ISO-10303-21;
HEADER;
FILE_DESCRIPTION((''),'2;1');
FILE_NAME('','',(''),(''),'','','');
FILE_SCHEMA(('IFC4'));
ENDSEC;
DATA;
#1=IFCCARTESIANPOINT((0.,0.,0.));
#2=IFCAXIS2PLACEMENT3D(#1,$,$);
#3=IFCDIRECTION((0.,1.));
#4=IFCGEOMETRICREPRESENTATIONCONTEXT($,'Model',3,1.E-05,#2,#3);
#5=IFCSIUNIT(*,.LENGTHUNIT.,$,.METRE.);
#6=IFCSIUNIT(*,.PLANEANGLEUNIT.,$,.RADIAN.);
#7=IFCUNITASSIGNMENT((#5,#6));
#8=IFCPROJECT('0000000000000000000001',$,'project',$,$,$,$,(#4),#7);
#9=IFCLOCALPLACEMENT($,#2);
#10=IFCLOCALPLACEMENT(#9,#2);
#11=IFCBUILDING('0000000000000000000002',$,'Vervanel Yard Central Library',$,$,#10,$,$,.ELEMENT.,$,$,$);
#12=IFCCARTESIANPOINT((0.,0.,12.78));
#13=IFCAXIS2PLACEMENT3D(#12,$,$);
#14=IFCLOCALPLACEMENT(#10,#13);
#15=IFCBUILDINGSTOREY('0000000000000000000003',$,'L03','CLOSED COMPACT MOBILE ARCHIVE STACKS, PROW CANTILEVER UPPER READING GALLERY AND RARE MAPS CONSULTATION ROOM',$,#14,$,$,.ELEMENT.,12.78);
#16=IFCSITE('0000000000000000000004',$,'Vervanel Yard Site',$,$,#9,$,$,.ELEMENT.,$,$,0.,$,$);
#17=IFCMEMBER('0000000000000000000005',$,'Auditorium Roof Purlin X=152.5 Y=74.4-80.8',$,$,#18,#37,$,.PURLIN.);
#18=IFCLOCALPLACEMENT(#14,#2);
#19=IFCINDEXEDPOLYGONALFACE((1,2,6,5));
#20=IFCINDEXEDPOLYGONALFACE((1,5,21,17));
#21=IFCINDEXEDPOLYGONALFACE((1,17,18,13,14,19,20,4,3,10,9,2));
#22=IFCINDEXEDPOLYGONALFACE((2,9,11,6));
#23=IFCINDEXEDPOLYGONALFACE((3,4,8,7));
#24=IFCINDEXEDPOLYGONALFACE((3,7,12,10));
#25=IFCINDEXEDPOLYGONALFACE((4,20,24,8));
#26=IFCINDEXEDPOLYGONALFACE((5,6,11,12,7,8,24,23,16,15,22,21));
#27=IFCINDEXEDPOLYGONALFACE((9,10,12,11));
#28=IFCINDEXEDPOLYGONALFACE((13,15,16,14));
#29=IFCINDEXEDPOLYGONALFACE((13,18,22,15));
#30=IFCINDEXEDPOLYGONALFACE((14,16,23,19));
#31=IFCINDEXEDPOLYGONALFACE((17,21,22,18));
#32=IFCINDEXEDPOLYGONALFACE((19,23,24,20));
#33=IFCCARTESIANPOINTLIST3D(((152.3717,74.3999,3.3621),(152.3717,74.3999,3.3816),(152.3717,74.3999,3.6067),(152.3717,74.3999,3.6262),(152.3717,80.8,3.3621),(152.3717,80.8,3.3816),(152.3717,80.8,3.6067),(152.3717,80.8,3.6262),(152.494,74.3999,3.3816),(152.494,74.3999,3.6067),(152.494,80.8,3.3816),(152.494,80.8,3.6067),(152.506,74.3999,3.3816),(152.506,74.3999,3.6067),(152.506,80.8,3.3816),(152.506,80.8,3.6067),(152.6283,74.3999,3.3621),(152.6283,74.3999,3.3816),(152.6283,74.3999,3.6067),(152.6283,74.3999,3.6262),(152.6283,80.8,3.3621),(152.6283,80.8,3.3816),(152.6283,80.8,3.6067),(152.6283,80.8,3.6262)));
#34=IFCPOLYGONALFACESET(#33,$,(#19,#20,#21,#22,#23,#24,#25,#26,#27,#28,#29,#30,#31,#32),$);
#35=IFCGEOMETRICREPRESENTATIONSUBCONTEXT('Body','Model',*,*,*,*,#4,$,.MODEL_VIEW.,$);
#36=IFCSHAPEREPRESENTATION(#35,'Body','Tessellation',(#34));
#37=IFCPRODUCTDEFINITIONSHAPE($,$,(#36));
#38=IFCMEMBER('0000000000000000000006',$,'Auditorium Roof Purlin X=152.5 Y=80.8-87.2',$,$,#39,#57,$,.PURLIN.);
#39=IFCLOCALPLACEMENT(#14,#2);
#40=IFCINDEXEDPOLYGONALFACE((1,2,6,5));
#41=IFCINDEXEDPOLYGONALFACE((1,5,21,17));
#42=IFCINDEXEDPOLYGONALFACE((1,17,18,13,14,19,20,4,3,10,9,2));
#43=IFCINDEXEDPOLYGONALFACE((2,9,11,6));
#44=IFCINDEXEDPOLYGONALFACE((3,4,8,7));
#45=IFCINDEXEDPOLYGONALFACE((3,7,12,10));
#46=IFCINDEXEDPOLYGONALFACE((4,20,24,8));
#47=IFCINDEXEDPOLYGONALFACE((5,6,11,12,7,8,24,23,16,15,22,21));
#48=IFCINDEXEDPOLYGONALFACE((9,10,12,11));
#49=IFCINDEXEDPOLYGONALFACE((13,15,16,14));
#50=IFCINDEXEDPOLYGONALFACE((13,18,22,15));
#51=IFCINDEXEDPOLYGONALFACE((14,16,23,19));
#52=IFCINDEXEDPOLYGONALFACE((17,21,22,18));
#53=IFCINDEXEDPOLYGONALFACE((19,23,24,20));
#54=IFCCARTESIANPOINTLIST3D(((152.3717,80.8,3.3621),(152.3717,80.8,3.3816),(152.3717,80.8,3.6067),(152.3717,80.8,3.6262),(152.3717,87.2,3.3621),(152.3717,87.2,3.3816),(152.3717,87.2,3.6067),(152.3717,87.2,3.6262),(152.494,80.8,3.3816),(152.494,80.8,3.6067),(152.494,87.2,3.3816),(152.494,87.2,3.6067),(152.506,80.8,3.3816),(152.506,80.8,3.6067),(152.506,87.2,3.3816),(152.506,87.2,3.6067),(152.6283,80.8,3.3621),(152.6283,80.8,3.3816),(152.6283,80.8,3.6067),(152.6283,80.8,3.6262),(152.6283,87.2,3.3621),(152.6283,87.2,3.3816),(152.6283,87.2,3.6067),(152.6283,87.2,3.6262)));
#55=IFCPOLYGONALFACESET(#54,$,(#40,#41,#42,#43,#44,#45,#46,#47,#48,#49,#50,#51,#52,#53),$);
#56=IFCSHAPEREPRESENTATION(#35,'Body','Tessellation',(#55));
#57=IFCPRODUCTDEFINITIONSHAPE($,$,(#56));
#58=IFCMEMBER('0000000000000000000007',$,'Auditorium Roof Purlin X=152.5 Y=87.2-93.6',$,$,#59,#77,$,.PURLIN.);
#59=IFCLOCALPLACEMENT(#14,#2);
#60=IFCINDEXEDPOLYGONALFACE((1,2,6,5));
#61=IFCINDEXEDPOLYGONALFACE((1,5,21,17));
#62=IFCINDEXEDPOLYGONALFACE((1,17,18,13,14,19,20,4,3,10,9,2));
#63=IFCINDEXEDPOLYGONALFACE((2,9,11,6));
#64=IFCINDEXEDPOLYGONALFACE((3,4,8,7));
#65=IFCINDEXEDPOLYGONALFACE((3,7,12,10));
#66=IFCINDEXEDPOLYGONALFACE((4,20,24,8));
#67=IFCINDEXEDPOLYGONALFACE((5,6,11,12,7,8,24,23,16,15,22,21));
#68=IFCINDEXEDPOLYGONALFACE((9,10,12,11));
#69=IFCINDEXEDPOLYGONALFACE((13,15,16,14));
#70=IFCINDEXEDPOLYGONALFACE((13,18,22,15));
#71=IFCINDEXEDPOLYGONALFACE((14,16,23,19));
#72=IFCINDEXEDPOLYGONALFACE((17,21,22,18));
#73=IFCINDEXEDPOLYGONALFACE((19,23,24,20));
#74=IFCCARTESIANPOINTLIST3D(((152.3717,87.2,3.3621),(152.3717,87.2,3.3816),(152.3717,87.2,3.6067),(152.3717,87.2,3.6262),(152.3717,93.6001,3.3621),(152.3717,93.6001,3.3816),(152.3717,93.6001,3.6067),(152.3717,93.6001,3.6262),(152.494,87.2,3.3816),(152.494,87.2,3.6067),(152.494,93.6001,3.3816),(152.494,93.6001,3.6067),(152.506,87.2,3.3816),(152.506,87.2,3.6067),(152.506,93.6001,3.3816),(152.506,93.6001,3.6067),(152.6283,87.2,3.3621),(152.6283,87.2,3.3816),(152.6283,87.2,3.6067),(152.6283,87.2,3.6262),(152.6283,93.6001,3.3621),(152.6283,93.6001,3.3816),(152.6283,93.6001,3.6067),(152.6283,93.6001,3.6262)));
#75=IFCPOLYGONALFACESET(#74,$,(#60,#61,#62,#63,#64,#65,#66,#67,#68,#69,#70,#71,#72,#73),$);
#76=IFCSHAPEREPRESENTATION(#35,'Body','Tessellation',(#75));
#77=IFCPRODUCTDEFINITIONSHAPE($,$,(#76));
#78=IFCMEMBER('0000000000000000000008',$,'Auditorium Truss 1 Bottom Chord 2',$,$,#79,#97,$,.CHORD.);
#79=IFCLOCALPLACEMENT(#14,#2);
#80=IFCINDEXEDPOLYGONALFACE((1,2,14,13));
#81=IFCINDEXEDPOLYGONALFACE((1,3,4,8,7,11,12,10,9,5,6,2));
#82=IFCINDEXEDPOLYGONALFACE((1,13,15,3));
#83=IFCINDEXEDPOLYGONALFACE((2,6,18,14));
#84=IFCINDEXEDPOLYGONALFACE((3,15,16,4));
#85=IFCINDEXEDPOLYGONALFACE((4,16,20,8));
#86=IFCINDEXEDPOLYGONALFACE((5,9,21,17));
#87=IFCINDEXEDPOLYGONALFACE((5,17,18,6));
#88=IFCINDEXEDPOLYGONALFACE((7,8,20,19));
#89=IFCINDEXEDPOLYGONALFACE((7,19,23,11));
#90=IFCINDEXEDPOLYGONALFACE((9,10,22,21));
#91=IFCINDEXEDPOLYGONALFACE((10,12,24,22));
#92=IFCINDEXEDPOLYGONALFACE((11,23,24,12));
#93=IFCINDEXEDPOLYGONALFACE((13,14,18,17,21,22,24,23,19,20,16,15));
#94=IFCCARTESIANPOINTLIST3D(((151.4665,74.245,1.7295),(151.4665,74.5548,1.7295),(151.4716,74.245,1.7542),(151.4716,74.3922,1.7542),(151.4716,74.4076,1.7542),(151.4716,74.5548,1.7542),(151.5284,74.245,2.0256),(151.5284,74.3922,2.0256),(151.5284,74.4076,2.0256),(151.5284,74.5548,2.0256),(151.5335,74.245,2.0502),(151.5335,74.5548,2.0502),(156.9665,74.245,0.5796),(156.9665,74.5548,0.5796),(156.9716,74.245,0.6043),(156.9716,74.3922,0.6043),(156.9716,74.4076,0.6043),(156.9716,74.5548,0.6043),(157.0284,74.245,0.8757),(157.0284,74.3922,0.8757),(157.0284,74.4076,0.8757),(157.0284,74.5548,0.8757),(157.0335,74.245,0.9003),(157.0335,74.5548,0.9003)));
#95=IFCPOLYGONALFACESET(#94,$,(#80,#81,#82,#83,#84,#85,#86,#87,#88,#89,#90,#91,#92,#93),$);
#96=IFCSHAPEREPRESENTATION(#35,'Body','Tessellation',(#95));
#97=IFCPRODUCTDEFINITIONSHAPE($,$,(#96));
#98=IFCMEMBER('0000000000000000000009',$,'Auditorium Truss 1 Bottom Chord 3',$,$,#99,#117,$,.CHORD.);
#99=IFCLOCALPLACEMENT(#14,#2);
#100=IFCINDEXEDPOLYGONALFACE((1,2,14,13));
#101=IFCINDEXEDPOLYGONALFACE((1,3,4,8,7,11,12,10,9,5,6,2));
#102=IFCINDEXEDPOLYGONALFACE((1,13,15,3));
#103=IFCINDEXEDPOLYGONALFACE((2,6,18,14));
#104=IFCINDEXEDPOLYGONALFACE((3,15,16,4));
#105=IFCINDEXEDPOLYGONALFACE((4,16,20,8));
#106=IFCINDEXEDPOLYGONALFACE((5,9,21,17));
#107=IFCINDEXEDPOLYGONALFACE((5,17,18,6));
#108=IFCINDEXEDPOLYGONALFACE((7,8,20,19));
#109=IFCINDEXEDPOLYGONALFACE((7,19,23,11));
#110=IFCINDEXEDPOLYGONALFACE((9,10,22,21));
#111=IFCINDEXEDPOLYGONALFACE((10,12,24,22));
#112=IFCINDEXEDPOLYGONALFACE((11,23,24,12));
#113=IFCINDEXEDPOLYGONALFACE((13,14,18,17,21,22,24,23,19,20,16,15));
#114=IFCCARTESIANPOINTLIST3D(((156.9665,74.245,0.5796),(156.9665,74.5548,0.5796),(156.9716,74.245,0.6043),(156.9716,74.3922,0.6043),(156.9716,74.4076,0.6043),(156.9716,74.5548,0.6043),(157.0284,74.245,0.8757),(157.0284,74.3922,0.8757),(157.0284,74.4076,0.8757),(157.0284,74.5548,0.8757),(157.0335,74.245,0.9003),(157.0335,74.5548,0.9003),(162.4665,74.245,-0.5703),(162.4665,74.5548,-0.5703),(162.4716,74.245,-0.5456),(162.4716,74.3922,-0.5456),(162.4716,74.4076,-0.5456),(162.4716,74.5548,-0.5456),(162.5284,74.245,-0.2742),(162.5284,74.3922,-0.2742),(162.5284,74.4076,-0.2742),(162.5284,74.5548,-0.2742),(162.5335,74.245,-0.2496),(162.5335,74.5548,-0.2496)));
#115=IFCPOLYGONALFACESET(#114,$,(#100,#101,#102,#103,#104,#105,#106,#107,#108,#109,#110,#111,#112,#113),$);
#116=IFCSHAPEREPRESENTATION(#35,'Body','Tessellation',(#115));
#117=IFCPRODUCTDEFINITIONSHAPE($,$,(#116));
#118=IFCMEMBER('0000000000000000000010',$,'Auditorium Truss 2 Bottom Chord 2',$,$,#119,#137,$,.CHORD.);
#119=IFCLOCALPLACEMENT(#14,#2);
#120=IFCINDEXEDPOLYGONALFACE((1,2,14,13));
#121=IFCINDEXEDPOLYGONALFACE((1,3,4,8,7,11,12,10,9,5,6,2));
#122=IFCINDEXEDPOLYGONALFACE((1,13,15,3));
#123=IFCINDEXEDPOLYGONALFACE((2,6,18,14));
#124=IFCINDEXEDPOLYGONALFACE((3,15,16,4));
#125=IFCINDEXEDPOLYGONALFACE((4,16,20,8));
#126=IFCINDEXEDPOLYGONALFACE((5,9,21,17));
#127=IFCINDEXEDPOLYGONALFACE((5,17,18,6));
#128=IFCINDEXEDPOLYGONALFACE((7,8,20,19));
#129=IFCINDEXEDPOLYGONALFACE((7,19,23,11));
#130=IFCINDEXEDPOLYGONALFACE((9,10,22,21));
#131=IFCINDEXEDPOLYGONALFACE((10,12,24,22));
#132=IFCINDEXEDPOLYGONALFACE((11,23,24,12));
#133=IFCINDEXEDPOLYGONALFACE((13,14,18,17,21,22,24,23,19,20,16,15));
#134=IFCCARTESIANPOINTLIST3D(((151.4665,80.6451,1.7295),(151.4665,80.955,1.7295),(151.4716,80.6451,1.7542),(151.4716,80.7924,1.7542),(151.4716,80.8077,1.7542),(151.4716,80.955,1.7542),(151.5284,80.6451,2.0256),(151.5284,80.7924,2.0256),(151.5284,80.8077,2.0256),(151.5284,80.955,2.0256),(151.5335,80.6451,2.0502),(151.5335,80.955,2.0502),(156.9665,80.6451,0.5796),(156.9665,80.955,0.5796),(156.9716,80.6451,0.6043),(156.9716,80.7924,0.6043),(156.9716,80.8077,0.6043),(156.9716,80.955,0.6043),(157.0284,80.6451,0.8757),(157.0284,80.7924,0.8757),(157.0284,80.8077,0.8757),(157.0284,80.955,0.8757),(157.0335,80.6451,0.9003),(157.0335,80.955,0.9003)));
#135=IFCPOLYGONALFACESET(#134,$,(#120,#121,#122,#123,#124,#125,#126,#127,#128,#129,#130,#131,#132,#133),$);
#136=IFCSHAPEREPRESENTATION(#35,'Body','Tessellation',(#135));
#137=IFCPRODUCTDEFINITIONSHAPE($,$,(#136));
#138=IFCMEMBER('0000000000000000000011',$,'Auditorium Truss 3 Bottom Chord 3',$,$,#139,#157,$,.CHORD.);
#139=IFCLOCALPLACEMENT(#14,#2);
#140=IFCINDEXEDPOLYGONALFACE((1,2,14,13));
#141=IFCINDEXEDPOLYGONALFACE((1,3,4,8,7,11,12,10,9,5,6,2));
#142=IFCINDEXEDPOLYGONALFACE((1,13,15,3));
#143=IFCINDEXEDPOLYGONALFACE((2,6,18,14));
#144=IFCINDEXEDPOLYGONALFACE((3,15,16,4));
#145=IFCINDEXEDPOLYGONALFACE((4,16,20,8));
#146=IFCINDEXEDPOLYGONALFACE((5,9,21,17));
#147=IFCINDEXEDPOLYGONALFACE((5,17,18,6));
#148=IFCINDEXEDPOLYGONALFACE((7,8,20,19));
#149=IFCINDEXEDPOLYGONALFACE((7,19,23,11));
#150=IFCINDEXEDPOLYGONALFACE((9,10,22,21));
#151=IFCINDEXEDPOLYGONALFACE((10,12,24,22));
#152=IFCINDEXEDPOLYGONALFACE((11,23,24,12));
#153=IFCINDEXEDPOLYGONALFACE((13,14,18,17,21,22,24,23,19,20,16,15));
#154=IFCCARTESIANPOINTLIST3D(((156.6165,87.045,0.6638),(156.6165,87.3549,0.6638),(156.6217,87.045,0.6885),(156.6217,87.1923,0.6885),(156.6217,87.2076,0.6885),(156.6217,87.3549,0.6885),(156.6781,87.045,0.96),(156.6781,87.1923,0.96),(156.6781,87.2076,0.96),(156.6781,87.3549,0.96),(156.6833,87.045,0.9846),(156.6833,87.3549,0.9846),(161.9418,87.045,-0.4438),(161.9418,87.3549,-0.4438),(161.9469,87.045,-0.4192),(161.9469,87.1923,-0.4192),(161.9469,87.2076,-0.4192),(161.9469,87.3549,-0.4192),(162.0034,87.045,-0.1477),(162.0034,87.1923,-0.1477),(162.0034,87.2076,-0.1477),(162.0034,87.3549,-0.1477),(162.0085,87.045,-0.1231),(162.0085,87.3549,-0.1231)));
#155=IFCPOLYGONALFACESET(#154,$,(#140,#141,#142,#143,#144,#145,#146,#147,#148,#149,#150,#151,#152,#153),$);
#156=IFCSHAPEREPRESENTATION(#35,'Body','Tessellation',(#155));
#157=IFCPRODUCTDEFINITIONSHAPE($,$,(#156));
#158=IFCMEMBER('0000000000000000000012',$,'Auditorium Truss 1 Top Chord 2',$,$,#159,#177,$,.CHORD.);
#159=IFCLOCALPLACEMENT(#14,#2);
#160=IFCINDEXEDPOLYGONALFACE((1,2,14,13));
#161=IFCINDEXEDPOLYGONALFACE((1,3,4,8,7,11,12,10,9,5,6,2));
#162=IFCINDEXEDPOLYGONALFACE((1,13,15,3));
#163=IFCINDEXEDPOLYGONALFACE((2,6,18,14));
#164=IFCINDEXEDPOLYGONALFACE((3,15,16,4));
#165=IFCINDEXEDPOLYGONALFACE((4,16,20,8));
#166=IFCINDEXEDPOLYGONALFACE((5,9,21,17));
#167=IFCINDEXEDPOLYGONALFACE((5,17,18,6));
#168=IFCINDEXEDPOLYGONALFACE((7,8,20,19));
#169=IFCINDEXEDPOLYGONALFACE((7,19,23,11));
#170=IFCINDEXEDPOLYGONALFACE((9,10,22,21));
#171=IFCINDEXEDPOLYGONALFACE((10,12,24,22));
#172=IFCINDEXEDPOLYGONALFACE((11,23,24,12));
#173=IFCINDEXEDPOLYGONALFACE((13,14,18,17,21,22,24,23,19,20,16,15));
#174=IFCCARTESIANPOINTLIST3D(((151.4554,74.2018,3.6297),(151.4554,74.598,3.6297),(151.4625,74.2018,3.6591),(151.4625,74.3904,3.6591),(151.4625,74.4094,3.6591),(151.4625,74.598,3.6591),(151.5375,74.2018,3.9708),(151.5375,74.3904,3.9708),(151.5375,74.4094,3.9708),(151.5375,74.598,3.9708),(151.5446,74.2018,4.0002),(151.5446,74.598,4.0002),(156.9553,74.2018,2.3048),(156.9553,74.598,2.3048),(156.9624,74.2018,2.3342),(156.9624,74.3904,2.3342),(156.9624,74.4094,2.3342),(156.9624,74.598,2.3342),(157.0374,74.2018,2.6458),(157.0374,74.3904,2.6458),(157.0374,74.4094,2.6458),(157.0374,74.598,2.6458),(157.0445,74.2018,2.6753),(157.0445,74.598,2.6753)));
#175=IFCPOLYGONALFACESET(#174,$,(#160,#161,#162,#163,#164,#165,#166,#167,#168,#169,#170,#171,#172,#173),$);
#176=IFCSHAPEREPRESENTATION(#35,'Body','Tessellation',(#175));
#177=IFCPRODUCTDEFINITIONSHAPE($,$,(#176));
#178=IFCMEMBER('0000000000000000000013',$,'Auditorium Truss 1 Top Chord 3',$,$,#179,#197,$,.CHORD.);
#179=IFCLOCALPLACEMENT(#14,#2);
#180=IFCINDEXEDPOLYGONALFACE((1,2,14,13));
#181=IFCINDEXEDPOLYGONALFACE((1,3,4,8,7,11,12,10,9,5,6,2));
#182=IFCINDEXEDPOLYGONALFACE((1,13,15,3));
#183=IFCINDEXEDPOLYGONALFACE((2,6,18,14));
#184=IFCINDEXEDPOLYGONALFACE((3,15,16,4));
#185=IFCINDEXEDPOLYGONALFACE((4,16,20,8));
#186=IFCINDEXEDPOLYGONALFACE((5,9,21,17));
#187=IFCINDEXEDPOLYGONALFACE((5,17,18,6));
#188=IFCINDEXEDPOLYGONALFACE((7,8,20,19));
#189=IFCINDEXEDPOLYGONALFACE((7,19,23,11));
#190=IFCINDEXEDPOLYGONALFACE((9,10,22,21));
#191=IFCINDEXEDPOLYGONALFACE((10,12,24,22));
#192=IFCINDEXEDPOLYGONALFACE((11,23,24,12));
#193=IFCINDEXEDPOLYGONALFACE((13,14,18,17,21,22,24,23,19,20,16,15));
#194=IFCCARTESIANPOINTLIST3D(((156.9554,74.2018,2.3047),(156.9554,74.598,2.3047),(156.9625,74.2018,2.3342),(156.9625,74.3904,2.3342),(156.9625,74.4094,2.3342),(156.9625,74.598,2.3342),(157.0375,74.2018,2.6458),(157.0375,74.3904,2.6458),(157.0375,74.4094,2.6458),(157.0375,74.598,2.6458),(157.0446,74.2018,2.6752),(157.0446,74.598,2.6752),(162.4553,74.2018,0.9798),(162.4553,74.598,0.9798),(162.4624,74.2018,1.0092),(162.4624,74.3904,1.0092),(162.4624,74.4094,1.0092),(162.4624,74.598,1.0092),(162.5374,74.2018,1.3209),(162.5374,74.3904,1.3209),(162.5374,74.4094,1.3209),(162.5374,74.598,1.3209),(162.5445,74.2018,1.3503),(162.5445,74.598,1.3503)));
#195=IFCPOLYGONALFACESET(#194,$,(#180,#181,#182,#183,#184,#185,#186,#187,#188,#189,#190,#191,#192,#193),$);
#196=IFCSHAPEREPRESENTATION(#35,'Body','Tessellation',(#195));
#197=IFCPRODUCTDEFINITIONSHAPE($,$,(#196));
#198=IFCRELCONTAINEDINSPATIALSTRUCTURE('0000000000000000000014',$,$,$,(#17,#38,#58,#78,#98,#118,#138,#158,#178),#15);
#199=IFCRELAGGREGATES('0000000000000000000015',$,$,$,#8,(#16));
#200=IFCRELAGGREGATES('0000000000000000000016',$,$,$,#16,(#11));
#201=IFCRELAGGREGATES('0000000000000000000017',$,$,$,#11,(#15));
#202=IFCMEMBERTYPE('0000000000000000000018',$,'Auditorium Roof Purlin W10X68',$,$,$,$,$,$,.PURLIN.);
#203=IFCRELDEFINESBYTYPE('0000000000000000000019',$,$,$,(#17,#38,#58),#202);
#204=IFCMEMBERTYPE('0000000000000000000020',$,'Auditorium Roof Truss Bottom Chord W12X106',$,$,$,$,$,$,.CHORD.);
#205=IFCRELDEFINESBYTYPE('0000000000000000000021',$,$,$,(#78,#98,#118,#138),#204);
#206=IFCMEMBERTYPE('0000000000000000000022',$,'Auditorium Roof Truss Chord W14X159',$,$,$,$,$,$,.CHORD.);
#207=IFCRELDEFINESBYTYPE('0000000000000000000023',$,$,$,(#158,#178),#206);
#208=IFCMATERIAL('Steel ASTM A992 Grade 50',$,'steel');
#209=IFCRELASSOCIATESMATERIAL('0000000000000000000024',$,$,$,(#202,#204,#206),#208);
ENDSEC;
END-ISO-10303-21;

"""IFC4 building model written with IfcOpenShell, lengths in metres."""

from ifc_helpers import new_model, si_unit, direction, frame, origin, origin_2d, place, context, subcontext, project, spatial, i_section, extrude, material, material_profile, profile_set, type_object, element, save


model = new_model("IFC4")

# Units and contexts
model_context = context("Model", 3, precision=1e-05, world=origin(), true_north=direction((0.0, 1.0)))
body_context = subcontext(model_context, "Body", "Model", "MODEL_VIEW")
ifc_project = project(units=[si_unit("LENGTHUNIT", "METRE"), si_unit("PLANEANGLEUNIT", "RADIAN")], contexts=[model_context])

# Site, building, storey
site_placement = place(None, origin())
site = spatial("IfcSite", under=ifc_project, at=site_placement, Name="Vervanel Yard Site", CompositionType="ELEMENT", RefElevation=0.0)
building_placement = place(site_placement, origin())
building = spatial("IfcBuilding", under=site, at=building_placement, Name="Vervanel Yard Central Library", CompositionType="ELEMENT")
storey_placement = place(building_placement, frame((0.0, 0.0, 12.78)))
storey = spatial("IfcBuildingStorey", under=building, at=storey_placement, Name="L03", Description="CLOSED COMPACT MOBILE ARCHIVE STACKS, PROW CANTILEVER UPPER READING GALLERY AND RARE MAPS CONSULTATION ROOM", CompositionType="ELEMENT", Elevation=12.78)

# Members
ifc_material_1 = material(Name="Steel ASTM A992 Grade 50", Category="steel")
ifc_material_profile_1 = material_profile(ifc_material_1, i_section(OverallWidth=0.2566, OverallDepth=0.2642, WebThickness=0.012, FlangeThickness=0.0195, at=origin_2d()), Name="W10X68", Category="steel")
ifc_profile_set_1 = profile_set([ifc_material_profile_1], Name="Steel ASTM A992 Grade 50")
member_type_1 = type_object("IfcMemberType", Name="Auditorium Roof Purlin W10X68", PredefinedType="PURLIN", material=ifc_profile_set_1)
member_1_placement = place(storey_placement, frame((152.5, 74.3999, 3.4941), z_axis=(0.0, 1.0, 0.0), x_axis=(-1.0, 0.0, 0.0)))
element("IfcMember", 1, at=member_1_placement, inside=storey, type_object=member_type_1, Name="Auditorium Roof Purlin X=152.5 Y=74.4-80.8", PredefinedType="PURLIN", context=body_context, shape_type="SweptSolid", body=[
    extrude(i_section(OverallWidth=0.2566, OverallDepth=0.2642, WebThickness=0.012, FlangeThickness=0.0195, at=origin_2d()), origin(), (0.0, 0.0, 1.0), 6.4001),
])
member_2_placement = place(storey_placement, frame((152.5, 80.8, 3.4941), z_axis=(0.0, 1.0, 0.0), x_axis=(-1.0, 0.0, 0.0)))
element("IfcMember", 2, at=member_2_placement, inside=storey, type_object=member_type_1, Name="Auditorium Roof Purlin X=152.5 Y=80.8-87.2", PredefinedType="PURLIN", context=body_context, shape_type="SweptSolid", body=[
    extrude(i_section(OverallWidth=0.2566, OverallDepth=0.2642, WebThickness=0.012, FlangeThickness=0.0195, at=origin_2d()), origin(), (0.0, 0.0, 1.0), 6.3999),
])
member_3_placement = place(storey_placement, frame((152.5, 87.2, 3.4941), z_axis=(0.0, 1.0, 0.0), x_axis=(-1.0, 0.0, 0.0)))
element("IfcMember", 3, at=member_3_placement, inside=storey, type_object=member_type_1, Name="Auditorium Roof Purlin X=152.5 Y=87.2-93.6", PredefinedType="PURLIN", context=body_context, shape_type="SweptSolid", body=[
    extrude(i_section(OverallWidth=0.2566, OverallDepth=0.2642, WebThickness=0.012, FlangeThickness=0.0195, at=origin_2d()), origin(), (0.0, 0.0, 1.0), 6.4001),
])
ifc_material_profile_2 = material_profile(ifc_material_1, i_section(OverallWidth=0.3098, OverallDepth=0.3276, WebThickness=0.0154, FlangeThickness=0.0251, at=origin_2d()), Name="W12X106", Category="steel")
ifc_profile_set_2 = profile_set([ifc_material_profile_2], Name="Steel ASTM A992 Grade 50")
member_type_2 = type_object("IfcMemberType", Name="Auditorium Roof Truss Bottom Chord W12X106", PredefinedType="CHORD", material=ifc_profile_set_2)
for number, where, z_axis, x_axis, name in (
    (4, (151.5, 74.3999, 1.8899), (0.978836, 0.0, -0.204648), (0.0, 1.0, 0.0), "Auditorium Truss 1 Bottom Chord 2"),
    (5, (157.0, 74.3999, 0.74), (0.978836, 0.0, -0.204648), (0.0, 1.0, 0.0), "Auditorium Truss 1 Bottom Chord 3"),
    (6, (151.5, 80.8, 1.8899), (0.978836, 0.0, -0.204648), (0.0, 1.0, 0.0), "Auditorium Truss 2 Bottom Chord 2"),
):
    element("IfcMember", number, at=place(storey_placement, frame(where, z_axis=z_axis, x_axis=x_axis)), inside=storey, type_object=member_type_2, Name=name, PredefinedType="CHORD", context=body_context, shape_type="SweptSolid", body=[
        extrude(i_section(OverallWidth=0.3098, OverallDepth=0.3276, WebThickness=0.0154, FlangeThickness=0.0251, at=origin_2d()), origin(), (0.0, 0.0, 1.0), 5.6189),
    ])
member_4_placement = place(storey_placement, frame((156.6499, 87.2, 0.8242), z_axis=(0.979045, 0.0, -0.203646), x_axis=(0.0, 1.0, 0.0)))
element("IfcMember", 7, at=member_4_placement, inside=storey, type_object=member_type_2, Name="Auditorium Truss 3 Bottom Chord 3", PredefinedType="CHORD", context=body_context, shape_type="SweptSolid", body=[
    extrude(i_section(OverallWidth=0.3098, OverallDepth=0.3276, WebThickness=0.0154, FlangeThickness=0.0251, at=origin_2d()), origin(), (0.0, 0.0, 1.0), 5.4392),
])
ifc_material_profile_3 = material_profile(ifc_material_1, i_section(OverallWidth=0.3962, OverallDepth=0.3811, WebThickness=0.019, FlangeThickness=0.0303, at=origin_2d()), Name="W14X159", Category="steel")
ifc_profile_set_3 = profile_set([ifc_material_profile_3], Name="Steel ASTM A992 Grade 50")
member_type_3 = type_object("IfcMemberType", Name="Auditorium Roof Truss Chord W14X159", PredefinedType="CHORD", material=ifc_profile_set_3)
for number, where, z_axis, x_axis, name in (
    (8, (151.5, 74.3999, 3.8149), (0.972188, 0.0, -0.2342), (0.0, 1.0, 0.0), "Auditorium Truss 1 Top Chord 2"),
    (9, (157.0, 74.3999, 2.49), (0.972188, 0.0, -0.2342), (0.0, 1.0, 0.0), "Auditorium Truss 1 Top Chord 3"),
):
    element("IfcMember", number, at=place(storey_placement, frame(where, z_axis=z_axis, x_axis=x_axis)), inside=storey, type_object=member_type_3, Name=name, PredefinedType="CHORD", context=body_context, shape_type="SweptSolid", body=[
        extrude(i_section(OverallWidth=0.3962, OverallDepth=0.3811, WebThickness=0.019, FlangeThickness=0.0303, at=origin_2d()), origin(), (0.0, 0.0, 1.0), 5.6572),
    ])

save(model, "model.ifc")
